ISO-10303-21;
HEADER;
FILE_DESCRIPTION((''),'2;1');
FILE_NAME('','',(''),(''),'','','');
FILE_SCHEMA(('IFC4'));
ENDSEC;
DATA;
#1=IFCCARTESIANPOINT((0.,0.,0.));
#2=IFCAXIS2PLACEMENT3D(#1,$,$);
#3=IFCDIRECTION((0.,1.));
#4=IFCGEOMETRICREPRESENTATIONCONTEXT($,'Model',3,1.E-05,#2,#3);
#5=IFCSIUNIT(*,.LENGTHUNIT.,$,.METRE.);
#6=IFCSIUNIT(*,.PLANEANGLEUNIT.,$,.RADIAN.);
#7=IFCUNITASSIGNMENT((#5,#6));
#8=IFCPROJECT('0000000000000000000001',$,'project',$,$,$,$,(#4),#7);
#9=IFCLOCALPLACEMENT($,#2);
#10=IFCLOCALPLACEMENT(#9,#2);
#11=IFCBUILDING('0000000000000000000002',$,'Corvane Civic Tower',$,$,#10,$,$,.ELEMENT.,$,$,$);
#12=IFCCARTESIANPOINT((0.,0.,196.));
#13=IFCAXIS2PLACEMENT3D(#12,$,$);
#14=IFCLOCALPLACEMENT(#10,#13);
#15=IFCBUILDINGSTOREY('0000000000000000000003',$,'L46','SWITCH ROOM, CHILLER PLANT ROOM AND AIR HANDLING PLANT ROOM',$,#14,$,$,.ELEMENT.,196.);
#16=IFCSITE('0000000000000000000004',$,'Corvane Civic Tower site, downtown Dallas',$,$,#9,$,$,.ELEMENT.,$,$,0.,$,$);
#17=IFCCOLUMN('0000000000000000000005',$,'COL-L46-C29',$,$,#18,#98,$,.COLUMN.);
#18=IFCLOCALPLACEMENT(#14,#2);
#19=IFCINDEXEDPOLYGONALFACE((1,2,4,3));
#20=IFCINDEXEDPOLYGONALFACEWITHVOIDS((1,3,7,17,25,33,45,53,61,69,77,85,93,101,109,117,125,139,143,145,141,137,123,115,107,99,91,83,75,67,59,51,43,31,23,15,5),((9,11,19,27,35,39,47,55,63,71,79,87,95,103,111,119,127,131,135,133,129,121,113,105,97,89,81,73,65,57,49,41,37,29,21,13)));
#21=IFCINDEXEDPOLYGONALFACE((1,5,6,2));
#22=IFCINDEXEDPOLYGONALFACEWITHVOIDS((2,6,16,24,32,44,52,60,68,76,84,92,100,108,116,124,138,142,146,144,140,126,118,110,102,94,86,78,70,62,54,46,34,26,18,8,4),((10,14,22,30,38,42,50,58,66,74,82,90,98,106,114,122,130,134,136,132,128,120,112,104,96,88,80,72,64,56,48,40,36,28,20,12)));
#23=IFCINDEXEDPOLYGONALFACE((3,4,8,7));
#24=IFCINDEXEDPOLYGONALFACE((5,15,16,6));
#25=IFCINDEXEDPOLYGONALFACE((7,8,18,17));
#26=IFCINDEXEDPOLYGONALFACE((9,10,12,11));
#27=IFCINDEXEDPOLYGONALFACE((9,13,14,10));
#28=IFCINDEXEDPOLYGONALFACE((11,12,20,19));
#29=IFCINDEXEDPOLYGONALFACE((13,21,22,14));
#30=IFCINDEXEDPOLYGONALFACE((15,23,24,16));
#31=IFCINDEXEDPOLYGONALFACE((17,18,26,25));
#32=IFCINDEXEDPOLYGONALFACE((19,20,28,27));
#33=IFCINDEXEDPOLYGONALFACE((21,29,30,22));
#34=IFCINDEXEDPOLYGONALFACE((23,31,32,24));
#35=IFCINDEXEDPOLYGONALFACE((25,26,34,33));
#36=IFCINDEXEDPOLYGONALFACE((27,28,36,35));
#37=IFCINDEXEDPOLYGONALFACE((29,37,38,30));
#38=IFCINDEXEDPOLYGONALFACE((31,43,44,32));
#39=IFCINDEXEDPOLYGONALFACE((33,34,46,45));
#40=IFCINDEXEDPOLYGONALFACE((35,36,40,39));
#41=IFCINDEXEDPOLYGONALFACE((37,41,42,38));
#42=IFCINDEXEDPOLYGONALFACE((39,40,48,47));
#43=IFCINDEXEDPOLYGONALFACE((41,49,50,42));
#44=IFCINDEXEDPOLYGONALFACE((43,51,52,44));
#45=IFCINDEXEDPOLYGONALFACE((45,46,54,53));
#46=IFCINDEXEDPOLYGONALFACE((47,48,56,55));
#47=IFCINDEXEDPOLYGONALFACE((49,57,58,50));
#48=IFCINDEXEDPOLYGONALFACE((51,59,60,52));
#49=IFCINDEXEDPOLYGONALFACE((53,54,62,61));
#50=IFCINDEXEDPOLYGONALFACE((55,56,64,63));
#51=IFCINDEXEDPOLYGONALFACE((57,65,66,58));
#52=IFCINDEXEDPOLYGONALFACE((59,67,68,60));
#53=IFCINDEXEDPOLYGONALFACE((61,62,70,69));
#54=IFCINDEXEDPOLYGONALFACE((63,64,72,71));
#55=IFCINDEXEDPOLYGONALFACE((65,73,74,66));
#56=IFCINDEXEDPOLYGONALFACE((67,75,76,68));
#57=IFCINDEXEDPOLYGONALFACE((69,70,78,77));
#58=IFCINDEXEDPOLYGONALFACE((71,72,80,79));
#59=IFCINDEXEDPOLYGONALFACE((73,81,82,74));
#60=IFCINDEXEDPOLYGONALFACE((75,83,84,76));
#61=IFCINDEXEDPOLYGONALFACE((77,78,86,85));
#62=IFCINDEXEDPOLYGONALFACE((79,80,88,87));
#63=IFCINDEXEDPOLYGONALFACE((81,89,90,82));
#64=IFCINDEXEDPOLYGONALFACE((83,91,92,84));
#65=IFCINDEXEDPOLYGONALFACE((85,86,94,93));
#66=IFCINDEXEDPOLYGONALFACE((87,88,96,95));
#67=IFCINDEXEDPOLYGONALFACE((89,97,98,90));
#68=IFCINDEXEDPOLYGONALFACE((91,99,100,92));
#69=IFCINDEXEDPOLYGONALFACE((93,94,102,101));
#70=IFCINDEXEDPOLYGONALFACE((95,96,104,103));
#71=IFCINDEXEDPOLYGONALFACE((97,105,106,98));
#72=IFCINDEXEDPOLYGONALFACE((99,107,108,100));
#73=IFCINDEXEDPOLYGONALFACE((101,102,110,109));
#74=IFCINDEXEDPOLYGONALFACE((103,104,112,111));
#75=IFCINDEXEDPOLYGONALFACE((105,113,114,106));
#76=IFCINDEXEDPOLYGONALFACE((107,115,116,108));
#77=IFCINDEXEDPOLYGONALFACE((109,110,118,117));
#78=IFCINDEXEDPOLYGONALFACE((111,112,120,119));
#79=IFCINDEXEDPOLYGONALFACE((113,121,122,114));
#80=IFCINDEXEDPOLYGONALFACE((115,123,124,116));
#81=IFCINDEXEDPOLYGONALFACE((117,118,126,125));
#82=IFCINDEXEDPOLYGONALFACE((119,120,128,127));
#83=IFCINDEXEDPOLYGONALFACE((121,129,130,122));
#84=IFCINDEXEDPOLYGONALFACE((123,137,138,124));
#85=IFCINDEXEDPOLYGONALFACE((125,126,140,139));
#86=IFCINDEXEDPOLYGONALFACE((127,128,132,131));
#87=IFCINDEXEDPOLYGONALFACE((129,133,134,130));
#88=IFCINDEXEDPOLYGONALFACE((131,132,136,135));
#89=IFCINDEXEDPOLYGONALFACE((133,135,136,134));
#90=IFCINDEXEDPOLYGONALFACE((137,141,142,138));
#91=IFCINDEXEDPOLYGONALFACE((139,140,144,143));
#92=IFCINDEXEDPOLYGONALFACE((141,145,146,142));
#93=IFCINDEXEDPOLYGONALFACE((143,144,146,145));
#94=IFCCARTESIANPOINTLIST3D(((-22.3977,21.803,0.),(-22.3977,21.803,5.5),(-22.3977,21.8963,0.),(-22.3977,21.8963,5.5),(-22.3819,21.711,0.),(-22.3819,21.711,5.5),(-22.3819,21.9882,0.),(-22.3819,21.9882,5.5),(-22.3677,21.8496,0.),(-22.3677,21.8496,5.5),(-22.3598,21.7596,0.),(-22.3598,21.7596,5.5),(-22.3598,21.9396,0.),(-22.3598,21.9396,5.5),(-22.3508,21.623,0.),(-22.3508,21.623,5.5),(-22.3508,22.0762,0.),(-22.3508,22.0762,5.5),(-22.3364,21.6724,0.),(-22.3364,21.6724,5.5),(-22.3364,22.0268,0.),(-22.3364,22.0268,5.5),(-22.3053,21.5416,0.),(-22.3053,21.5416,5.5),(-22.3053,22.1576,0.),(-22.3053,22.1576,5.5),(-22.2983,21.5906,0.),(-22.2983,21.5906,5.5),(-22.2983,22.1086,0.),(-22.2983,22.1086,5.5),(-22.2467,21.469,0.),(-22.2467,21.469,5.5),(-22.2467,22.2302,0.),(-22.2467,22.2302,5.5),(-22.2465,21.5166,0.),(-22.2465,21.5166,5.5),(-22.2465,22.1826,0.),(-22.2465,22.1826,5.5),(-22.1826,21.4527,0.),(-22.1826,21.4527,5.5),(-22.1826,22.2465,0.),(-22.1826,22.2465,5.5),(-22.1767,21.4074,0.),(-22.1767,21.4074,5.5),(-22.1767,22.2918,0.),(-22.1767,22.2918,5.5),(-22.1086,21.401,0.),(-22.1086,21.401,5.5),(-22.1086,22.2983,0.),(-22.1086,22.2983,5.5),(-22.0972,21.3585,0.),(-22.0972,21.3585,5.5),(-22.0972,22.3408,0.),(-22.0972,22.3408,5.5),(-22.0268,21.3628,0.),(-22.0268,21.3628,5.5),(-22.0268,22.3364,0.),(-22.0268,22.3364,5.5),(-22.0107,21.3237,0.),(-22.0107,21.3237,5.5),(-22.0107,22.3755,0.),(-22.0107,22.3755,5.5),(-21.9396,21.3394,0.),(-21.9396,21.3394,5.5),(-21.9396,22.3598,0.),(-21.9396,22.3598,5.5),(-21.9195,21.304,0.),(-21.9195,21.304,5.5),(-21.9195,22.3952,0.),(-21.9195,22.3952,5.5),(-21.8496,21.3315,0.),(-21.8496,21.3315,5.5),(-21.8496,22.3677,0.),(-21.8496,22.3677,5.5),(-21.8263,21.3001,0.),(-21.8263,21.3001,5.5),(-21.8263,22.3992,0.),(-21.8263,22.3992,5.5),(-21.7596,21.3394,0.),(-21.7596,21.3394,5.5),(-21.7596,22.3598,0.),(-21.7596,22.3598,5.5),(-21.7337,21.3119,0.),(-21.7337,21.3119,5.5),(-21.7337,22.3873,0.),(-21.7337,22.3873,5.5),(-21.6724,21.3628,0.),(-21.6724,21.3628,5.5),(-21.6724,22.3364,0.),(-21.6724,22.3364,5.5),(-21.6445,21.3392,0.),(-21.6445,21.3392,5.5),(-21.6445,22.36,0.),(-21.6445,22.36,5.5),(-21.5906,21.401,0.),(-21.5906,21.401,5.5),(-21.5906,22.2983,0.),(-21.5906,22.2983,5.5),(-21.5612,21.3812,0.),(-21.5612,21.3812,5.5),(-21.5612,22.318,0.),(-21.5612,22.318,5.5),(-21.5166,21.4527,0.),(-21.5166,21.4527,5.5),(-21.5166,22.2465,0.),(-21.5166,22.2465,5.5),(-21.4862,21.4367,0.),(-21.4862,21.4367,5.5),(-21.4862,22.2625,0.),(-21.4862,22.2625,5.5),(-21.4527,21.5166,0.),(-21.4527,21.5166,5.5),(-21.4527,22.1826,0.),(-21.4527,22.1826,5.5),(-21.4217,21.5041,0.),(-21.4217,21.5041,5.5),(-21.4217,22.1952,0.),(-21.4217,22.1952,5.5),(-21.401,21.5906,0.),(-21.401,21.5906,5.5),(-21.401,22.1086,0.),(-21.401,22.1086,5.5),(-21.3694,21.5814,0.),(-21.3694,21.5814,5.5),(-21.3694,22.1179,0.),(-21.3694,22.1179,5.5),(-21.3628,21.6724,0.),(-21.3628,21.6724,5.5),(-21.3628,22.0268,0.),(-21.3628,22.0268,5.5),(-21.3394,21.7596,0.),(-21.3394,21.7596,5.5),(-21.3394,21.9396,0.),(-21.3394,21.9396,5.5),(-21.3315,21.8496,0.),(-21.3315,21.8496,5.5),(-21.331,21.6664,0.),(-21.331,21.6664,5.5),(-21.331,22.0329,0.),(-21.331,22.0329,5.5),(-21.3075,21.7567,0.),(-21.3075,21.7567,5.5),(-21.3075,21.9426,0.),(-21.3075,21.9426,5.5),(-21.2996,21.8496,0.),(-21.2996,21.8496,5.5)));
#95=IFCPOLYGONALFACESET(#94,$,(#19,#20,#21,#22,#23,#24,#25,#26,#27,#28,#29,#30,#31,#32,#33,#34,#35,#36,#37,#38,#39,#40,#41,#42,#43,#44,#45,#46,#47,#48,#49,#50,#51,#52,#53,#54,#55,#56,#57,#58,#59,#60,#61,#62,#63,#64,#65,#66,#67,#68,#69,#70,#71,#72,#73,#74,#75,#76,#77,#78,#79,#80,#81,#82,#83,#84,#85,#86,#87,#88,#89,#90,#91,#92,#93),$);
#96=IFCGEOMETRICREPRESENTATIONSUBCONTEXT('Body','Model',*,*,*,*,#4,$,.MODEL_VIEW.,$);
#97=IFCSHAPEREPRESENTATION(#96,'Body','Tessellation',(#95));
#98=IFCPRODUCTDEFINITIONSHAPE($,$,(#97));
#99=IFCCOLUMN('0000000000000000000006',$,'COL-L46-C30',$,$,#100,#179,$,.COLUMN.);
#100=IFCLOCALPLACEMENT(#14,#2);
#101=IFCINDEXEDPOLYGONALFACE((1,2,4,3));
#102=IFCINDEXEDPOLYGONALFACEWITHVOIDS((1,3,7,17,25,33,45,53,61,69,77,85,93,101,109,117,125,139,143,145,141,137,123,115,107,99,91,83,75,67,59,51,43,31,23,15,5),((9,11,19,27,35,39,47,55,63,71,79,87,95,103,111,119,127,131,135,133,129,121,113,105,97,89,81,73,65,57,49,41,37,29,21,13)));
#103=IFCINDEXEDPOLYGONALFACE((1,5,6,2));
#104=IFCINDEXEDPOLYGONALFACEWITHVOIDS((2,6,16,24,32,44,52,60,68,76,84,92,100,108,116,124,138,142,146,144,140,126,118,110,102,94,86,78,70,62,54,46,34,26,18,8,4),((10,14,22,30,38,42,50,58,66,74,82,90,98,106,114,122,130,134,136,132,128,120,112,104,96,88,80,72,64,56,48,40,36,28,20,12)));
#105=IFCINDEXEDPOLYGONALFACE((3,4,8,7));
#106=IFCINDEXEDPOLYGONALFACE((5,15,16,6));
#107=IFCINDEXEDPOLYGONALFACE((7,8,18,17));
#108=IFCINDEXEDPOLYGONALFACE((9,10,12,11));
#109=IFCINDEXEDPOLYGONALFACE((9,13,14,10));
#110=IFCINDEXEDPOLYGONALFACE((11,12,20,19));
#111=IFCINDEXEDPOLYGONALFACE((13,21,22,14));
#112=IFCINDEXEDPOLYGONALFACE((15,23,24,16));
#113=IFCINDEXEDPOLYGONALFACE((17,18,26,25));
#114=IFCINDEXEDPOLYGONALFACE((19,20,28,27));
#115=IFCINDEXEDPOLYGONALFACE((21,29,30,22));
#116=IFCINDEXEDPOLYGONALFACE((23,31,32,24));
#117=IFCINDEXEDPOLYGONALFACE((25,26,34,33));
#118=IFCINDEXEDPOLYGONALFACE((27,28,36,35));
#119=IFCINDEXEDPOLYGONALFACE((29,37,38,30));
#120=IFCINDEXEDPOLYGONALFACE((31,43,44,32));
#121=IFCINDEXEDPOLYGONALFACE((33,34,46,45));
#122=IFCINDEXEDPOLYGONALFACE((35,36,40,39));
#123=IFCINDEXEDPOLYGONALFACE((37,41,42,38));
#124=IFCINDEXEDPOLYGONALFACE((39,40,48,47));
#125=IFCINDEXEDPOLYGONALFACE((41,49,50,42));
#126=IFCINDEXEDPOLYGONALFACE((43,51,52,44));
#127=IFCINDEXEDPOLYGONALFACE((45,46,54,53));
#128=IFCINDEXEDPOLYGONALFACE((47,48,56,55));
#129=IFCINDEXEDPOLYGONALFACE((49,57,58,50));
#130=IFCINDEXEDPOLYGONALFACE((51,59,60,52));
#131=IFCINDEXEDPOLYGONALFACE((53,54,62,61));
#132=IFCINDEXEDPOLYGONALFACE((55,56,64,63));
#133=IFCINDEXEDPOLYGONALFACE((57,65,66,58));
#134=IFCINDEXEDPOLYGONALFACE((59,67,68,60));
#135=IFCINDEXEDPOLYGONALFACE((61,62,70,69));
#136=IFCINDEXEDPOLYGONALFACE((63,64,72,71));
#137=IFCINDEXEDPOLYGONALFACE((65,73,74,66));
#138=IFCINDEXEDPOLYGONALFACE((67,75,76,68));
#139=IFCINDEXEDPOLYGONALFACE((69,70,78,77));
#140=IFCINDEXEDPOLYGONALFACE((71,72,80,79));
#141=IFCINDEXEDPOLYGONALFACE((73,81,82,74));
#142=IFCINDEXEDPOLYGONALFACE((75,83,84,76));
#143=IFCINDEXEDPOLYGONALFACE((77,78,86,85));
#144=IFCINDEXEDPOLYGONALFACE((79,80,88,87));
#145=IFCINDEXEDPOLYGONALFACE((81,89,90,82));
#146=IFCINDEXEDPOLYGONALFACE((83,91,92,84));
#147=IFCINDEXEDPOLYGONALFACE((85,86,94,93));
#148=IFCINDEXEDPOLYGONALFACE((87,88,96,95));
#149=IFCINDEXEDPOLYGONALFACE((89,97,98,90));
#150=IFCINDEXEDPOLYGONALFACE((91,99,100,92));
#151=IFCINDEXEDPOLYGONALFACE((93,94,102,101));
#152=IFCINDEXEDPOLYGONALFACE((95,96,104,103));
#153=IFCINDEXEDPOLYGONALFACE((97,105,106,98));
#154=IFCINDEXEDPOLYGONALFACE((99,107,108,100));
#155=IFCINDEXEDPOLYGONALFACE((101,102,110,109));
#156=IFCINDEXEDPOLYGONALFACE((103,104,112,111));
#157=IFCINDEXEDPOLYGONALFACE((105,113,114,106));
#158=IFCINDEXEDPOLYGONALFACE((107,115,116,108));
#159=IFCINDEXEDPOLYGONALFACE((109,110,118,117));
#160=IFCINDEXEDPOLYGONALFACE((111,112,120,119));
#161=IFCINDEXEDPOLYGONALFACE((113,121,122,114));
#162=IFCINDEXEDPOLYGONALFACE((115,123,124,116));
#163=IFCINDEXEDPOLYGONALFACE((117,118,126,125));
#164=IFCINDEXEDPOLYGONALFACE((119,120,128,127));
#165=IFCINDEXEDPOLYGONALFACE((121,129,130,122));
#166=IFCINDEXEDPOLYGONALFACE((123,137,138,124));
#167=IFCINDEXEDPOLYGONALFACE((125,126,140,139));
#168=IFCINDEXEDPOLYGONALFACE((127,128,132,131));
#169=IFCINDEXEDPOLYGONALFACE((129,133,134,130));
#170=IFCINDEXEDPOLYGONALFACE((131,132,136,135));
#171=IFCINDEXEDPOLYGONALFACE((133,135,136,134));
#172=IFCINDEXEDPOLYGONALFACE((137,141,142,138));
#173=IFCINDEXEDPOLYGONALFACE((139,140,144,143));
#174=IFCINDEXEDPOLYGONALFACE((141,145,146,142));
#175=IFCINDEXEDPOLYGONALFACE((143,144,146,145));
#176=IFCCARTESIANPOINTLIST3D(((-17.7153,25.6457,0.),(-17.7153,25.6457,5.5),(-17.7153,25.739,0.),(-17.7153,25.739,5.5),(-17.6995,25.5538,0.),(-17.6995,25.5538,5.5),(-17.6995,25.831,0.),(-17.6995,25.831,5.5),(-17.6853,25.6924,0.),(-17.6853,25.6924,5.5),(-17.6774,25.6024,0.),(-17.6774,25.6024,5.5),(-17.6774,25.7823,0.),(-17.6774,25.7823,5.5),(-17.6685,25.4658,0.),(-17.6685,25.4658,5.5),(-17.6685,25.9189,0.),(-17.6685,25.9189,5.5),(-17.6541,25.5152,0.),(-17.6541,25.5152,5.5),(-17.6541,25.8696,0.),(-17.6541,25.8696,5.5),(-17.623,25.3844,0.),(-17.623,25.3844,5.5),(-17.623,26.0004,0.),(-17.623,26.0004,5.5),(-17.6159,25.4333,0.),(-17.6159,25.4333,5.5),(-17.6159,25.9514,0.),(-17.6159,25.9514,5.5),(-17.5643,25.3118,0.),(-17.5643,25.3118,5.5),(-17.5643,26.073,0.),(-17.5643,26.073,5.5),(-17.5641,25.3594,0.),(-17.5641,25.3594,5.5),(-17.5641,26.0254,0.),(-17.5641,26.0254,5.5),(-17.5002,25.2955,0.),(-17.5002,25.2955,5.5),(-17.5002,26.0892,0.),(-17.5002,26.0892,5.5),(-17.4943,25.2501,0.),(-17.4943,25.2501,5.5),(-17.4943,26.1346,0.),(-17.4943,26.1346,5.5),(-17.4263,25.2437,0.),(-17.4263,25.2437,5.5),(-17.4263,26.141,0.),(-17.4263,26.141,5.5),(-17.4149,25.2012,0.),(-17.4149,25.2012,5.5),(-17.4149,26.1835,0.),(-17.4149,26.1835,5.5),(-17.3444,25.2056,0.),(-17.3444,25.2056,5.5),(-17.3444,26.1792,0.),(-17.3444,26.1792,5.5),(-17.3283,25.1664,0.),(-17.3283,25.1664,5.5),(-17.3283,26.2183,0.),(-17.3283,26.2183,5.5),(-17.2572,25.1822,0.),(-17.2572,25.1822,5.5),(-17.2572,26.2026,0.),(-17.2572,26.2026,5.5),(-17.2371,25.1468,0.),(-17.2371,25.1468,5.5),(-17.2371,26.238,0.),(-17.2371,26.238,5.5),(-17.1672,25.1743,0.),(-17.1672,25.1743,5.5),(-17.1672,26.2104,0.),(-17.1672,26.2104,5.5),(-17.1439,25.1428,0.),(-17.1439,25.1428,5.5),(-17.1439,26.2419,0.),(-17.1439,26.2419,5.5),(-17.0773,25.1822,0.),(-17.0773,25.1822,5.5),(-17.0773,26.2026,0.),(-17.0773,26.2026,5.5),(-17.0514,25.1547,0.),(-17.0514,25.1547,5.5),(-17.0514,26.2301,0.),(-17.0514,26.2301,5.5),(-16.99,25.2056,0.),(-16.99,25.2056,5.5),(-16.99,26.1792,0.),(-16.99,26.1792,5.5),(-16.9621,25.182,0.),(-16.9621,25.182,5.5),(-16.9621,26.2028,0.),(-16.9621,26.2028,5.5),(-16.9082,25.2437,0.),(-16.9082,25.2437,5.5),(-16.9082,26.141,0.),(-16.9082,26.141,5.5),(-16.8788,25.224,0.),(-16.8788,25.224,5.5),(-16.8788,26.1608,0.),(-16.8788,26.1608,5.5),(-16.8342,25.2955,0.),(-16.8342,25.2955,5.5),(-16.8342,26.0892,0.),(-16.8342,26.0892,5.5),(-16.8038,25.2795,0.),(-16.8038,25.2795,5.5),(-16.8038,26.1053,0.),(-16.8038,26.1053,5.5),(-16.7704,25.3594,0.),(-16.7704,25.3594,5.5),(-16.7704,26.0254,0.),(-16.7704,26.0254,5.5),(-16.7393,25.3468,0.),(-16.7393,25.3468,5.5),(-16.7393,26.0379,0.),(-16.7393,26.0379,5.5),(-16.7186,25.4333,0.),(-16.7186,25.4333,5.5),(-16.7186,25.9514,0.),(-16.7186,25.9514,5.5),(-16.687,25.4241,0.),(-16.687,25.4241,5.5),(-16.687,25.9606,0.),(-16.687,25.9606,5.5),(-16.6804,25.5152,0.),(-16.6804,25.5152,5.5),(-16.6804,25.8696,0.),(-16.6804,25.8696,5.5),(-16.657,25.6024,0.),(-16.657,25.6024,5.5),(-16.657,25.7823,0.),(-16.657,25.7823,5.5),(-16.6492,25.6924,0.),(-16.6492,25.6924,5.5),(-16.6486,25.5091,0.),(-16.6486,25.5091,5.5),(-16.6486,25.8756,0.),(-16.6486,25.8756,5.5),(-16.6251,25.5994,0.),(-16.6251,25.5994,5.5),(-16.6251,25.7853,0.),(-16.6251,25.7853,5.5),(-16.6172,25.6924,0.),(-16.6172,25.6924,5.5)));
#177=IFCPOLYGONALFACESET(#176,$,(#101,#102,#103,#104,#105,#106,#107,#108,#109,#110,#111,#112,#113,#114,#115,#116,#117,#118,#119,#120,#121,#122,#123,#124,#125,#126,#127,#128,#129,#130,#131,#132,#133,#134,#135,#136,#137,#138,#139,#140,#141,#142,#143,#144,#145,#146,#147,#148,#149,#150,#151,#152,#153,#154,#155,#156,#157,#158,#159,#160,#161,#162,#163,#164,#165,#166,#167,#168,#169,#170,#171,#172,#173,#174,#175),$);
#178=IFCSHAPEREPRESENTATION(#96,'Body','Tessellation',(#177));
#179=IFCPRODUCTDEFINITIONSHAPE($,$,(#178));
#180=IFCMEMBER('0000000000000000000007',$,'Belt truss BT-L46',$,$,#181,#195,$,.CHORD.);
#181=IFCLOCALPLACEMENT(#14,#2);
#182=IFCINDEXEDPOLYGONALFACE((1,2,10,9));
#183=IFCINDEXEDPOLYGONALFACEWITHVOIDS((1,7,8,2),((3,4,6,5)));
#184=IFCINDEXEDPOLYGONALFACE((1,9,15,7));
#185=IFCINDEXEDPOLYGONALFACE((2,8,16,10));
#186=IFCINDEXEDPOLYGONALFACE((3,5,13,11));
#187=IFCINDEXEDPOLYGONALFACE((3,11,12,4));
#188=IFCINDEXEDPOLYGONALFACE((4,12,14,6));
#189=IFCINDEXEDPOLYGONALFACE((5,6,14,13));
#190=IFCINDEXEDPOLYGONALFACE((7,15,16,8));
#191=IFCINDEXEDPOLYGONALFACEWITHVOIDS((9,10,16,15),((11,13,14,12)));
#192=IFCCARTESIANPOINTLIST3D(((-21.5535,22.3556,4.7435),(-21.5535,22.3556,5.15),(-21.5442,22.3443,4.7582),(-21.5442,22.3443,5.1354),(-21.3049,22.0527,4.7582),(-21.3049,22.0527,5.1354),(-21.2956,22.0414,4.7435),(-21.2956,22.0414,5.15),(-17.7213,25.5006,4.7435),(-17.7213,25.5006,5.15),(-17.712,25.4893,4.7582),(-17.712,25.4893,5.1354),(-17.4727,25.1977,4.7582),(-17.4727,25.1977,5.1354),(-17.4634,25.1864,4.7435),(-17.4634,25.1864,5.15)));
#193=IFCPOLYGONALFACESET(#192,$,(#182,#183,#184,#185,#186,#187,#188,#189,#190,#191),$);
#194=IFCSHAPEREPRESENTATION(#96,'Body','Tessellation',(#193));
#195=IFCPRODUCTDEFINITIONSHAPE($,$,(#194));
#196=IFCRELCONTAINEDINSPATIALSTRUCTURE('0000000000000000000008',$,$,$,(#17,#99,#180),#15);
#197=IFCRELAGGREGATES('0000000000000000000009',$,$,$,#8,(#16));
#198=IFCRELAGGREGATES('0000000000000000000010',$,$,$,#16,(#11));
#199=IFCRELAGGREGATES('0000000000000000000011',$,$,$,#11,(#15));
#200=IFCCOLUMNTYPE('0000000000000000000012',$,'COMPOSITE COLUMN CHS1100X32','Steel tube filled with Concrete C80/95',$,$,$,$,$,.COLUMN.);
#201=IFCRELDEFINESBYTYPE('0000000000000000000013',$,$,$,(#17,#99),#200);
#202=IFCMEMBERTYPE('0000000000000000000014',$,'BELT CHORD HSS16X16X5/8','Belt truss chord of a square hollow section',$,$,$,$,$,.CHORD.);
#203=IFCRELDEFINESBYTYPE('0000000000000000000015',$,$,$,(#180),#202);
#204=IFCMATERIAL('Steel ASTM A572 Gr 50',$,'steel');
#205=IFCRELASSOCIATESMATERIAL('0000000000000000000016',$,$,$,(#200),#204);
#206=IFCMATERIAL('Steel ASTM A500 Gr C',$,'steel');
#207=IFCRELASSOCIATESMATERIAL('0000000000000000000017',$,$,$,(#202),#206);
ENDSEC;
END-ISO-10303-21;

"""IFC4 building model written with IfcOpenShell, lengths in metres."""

from ifc_helpers import new_model, si_unit, direction, frame, origin, origin_2d, place, context, subcontext, project, spatial, hollow_rectangle, hollow_circle, extrude, material, material_profile, profile_set, type_object, element, save


model = new_model("IFC4")

# Units and contexts
model_context = context("Model", 3, precision=1e-05, world=origin(), true_north=direction((0.0, 1.0)))
body_context = subcontext(model_context, "Body", "Model", "MODEL_VIEW")
ifc_project = project(units=[si_unit("LENGTHUNIT", "METRE"), si_unit("PLANEANGLEUNIT", "RADIAN")], contexts=[model_context])

# Site, building, storey
site_placement = place(None, origin())
site = spatial("IfcSite", under=ifc_project, at=site_placement, Name="Corvane Civic Tower site, downtown Dallas", CompositionType="ELEMENT", RefElevation=0.0)
building_placement = place(site_placement, origin())
building = spatial("IfcBuilding", under=site, at=building_placement, Name="Corvane Civic Tower", CompositionType="ELEMENT")
storey_placement = place(building_placement, frame((0.0, 0.0, 196.0)))
storey = spatial("IfcBuildingStorey", under=building, at=storey_placement, Name="L46", Description="SWITCH ROOM, CHILLER PLANT ROOM AND AIR HANDLING PLANT ROOM", CompositionType="ELEMENT", Elevation=196.0)

# Columns
ifc_material_1 = material(Name="Steel ASTM A572 Gr 50", Category="steel")
ifc_material_profile_1 = material_profile(ifc_material_1, hollow_circle(Radius=0.55, WallThickness=0.032, at=origin_2d()), Name="CHS1100X32")
ifc_profile_set_1 = profile_set([ifc_material_profile_1], Name="Steel ASTM A572 Gr 50")
column_type = type_object("IfcColumnType", Name="COMPOSITE COLUMN CHS1100X32", Description="Steel tube filled with Concrete C80/95", PredefinedType="COLUMN", material=ifc_profile_set_1)
for number, where, z_axis, x_axis, name in (
    (1, (-21.8496, 21.8496, 0.0), (0.0, 0.0, 1.0), (1.0, 0.0, 0.0), "COL-L46-C29"),
    (2, (-17.1672, 25.6924, 0.0), (0.0, 0.0, 1.0), (1.0, 0.0, 0.0), "COL-L46-C30"),
):
    element("IfcColumn", number, at=place(storey_placement, frame(where, z_axis=z_axis, x_axis=x_axis)), inside=storey, type_object=column_type, Name=name, PredefinedType="COLUMN", context=body_context, shape_type="SweptSolid", body=[
        extrude(hollow_circle(Radius=0.55, WallThickness=0.032, at=origin_2d()), origin(), (0.0, 0.0, 1.0), 5.5),
    ])

# Member
ifc_material_2 = material(Name="Steel ASTM A500 Gr C", Category="steel")
ifc_material_profile_2 = material_profile(ifc_material_2, hollow_rectangle(XDim=0.4065, YDim=0.4065, WallThickness=0.0146, at=origin_2d()), Name="HSS16X16X5/8")
ifc_profile_set_2 = profile_set([ifc_material_profile_2], Name="Steel ASTM A500 Gr C")
member_type_1 = type_object("IfcMemberType", Name="BELT CHORD HSS16X16X5/8", Description="Belt truss chord of a square hollow section", PredefinedType="CHORD", material=ifc_profile_set_2)
for number, where, z_axis, x_axis, name in (
    (3, (-21.4246, 22.1985, 4.9468), (0.773015, 0.634388, 0.0), (-0.634388, 0.773015, 0.0), "Belt truss BT-L46"),
):
    element("IfcMember", number, at=place(storey_placement, frame(where, z_axis=z_axis, x_axis=x_axis)), inside=storey, type_object=member_type_1, Name=name, PredefinedType="CHORD", context=body_context, shape_type="SweptSolid", body=[
        extrude(hollow_rectangle(XDim=0.4065, YDim=0.4065, WallThickness=0.0146, at=origin_2d()), origin(), (0.0, 0.0, 1.0), 4.9575),
    ])

save(model, "model.ifc")
